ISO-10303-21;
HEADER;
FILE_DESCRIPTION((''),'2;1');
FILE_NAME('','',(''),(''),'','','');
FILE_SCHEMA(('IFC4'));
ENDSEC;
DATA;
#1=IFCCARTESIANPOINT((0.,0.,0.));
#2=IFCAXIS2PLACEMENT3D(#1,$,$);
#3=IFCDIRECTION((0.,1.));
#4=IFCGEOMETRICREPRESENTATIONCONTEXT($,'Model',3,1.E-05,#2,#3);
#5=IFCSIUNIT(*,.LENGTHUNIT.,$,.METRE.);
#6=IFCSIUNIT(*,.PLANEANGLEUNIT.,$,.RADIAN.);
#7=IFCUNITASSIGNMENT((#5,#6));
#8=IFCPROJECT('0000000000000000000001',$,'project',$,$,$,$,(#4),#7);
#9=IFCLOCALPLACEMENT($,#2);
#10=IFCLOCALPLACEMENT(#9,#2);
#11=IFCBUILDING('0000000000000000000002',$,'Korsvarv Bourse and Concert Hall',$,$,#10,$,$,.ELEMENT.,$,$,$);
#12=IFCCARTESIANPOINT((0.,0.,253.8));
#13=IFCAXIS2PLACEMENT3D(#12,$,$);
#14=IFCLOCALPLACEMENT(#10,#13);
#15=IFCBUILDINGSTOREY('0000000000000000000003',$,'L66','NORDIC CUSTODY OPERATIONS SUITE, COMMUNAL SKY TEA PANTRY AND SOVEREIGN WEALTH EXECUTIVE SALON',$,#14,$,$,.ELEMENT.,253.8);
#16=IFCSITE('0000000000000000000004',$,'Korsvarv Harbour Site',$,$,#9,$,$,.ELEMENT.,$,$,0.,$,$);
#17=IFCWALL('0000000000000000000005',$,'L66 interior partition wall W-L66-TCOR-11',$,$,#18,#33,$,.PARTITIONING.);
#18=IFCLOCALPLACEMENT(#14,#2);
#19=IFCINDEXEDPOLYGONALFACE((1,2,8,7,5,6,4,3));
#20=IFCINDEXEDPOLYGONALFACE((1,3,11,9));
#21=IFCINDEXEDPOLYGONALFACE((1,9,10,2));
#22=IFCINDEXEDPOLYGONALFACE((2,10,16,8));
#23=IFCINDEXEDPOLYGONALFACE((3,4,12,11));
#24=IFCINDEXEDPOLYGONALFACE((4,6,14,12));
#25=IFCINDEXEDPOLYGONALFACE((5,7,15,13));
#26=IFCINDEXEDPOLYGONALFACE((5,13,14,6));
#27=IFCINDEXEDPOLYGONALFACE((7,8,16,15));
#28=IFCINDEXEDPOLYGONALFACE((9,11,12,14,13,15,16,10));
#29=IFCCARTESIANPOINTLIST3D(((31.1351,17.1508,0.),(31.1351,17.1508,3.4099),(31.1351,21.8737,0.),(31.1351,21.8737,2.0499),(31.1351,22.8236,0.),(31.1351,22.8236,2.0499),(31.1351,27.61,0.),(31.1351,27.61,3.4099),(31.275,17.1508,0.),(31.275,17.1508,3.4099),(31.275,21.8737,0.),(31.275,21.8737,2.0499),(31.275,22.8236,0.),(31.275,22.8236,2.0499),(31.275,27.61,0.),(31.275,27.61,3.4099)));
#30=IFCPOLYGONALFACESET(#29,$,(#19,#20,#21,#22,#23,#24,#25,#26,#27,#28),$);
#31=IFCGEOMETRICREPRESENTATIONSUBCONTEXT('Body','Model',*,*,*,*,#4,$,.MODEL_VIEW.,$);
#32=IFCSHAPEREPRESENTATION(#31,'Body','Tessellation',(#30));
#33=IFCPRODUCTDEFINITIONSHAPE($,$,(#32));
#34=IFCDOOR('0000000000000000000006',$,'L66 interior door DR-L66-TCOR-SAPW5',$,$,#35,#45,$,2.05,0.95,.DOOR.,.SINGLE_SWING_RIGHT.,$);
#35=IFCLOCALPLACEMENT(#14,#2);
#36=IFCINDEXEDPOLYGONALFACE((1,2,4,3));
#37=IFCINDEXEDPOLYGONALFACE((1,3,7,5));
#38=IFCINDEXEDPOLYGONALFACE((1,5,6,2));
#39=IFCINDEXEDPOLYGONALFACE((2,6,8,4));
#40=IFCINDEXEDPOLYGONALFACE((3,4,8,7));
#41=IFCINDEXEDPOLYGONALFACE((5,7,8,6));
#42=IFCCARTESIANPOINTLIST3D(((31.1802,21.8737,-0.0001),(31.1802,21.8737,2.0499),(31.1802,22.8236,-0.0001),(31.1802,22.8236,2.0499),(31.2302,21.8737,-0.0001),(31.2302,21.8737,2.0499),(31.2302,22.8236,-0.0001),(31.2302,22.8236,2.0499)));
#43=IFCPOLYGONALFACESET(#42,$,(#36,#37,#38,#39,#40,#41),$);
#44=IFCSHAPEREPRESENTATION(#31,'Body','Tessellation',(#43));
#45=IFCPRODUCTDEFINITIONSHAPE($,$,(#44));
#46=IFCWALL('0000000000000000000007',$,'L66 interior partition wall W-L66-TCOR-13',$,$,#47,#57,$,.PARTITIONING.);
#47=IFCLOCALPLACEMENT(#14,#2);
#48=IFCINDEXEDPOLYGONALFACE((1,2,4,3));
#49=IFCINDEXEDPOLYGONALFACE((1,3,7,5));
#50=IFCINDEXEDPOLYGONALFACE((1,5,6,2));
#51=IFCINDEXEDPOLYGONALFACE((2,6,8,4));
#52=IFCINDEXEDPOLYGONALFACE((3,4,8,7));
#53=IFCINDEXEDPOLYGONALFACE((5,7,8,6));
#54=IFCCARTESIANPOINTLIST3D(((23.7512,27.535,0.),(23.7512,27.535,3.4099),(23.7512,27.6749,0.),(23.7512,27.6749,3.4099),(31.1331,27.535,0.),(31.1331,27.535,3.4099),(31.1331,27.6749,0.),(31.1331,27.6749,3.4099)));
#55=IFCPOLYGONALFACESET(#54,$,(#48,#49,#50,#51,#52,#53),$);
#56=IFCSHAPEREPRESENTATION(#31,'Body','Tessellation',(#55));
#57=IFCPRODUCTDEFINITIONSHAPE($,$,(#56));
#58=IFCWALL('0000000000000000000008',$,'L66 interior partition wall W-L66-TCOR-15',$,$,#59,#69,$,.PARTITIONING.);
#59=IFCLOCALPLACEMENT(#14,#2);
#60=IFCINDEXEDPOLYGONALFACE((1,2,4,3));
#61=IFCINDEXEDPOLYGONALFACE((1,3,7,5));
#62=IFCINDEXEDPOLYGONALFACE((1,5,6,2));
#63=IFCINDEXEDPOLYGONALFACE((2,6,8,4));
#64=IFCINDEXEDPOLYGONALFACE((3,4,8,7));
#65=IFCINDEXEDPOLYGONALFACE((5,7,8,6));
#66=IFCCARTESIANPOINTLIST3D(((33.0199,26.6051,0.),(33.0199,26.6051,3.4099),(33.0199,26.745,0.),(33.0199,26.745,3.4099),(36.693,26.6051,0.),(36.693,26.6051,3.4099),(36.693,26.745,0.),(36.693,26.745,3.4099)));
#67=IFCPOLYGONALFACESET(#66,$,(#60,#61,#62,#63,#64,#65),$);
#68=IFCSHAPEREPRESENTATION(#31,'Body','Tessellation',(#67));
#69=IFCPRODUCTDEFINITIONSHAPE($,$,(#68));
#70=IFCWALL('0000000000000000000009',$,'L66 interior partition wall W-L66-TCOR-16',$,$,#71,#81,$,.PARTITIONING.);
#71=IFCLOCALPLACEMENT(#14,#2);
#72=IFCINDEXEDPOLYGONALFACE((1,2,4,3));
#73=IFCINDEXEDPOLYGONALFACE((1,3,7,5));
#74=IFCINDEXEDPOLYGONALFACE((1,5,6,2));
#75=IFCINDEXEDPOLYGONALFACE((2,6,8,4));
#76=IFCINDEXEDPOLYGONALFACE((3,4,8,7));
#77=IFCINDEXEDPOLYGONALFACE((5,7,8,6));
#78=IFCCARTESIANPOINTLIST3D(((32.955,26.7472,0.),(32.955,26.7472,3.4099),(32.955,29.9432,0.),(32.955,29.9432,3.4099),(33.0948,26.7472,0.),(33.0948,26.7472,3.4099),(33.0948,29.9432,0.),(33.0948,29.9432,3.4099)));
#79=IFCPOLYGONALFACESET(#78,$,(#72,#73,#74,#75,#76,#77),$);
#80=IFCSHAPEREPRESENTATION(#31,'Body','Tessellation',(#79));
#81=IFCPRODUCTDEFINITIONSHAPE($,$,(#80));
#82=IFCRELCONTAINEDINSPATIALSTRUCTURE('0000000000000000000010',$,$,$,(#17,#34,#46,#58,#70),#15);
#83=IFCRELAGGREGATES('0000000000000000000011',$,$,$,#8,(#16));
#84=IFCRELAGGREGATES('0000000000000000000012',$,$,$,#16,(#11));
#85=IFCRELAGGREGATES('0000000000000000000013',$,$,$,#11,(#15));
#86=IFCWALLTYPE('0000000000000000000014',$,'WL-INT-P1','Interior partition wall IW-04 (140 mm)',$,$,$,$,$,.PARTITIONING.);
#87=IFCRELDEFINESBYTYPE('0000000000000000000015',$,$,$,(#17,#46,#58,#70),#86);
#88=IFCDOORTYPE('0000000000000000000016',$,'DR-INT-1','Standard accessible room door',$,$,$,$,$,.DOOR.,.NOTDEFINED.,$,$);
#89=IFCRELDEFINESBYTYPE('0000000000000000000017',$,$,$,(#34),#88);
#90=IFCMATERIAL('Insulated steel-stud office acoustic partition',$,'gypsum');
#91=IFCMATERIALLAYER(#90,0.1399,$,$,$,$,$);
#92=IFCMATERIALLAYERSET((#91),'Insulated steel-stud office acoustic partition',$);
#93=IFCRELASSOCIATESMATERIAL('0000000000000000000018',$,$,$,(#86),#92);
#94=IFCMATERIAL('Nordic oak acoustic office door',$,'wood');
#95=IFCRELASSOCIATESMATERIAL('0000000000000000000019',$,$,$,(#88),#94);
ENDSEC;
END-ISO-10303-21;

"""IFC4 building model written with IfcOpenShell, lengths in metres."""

from ifc_helpers import new_model, si_unit, direction, frame, frame_2d, origin, place, context, subcontext, project, spatial, rectangle, extrude, material, layer, layer_set, type_object, element, fill, save


model = new_model("IFC4")

# Units and contexts
model_context = context("Model", 3, precision=1e-05, world=origin(), true_north=direction((0.0, 1.0)))
body_context = subcontext(model_context, "Body", "Model", "MODEL_VIEW")
ifc_project = project(units=[si_unit("LENGTHUNIT", "METRE"), si_unit("PLANEANGLEUNIT", "RADIAN")], contexts=[model_context])

# Site, building, storey
site_placement = place(None, origin())
site = spatial("IfcSite", under=ifc_project, at=site_placement, Name="Korsvarv Harbour Site", CompositionType="ELEMENT", RefElevation=0.0)
building_placement = place(site_placement, origin())
building = spatial("IfcBuilding", under=site, at=building_placement, Name="Korsvarv Bourse and Concert Hall", CompositionType="ELEMENT")
storey_placement = place(building_placement, frame((0.0, 0.0, 253.8)))
storey = spatial("IfcBuildingStorey", under=building, at=storey_placement, Name="L66", Description="NORDIC CUSTODY OPERATIONS SUITE, COMMUNAL SKY TEA PANTRY AND SOVEREIGN WEALTH EXECUTIVE SALON", CompositionType="ELEMENT", Elevation=253.8)

# Wall, opening, door
ifc_material_1 = material(Name="Insulated steel-stud office acoustic partition", Category="gypsum")
ifc_layer_1 = layer(ifc_material_1, 0.1399)
ifc_layer_set_1 = layer_set([ifc_layer_1], Name="Insulated steel-stud office acoustic partition")
wall_type_1 = type_object("IfcWallType", Name="WL-INT-P1", Description="Interior partition wall IW-04 (140 mm)", PredefinedType="PARTITIONING", material=ifc_layer_set_1)
wall_1_placement = place(storey_placement, frame((31.2051, 17.1509, 0.0), z_axis=(0.0, 0.0, 1.0), x_axis=(0.0, 1.0, 0.0)))
wall_1 = element("IfcWall", 1, at=wall_1_placement, inside=storey, type_object=wall_type_1, Name="L66 interior partition wall W-L66-TCOR-11", PredefinedType="PARTITIONING", context=body_context, shape_type="SweptSolid", body=[
    extrude(rectangle(XDim=10.4592, YDim=0.1399, at=frame_2d((5.2295, 0.0))), origin(), (0.0, 0.0, 1.0), 3.4099),
])
opening_1_placement = place(wall_1_placement, frame((4.7227, 0.0, 0.0)))
opening_1 = element("IfcOpeningElement", 2, at=opening_1_placement, cuts=wall_1, PredefinedType="OPENING", context=body_context, shape_type="SweptSolid", body=[
    extrude(rectangle(XDim=0.95, YDim=2.05, at=frame_2d((0.4751, 1.0249))), frame((0.0, 0.0801, 0.0), z_axis=(0.0, -1.0, 0.0), x_axis=(1.0, 0.0, 0.0)), (0.0, 0.0, 1.0), 0.1599),
])
ifc_material_2 = material(Name="Nordic oak acoustic office door", Category="wood")
door_type_1 = type_object("IfcDoorType", Name="DR-INT-1", Description="Standard accessible room door", OperationType="NOTDEFINED", PredefinedType="DOOR", material=ifc_material_2)
door_1_placement = place(opening_1_placement, origin())
door_1 = element("IfcDoor", 3, at=door_1_placement, inside=storey, type_object=door_type_1, Name="L66 interior door DR-L66-TCOR-SAPW5", OperationType="SINGLE_SWING_RIGHT", OverallHeight=2.05, OverallWidth=0.95, PredefinedType="DOOR", context=body_context, shape_type="SweptSolid", body=[
    extrude(rectangle(XDim=0.95, YDim=2.05, at=frame_2d((0.4751, 1.0249))), frame((0.0, 0.0249, 0.0), z_axis=(0.0, -1.0, 0.0), x_axis=(1.0, 0.0, 0.0)), (0.0, 0.0, 1.0), 0.05),
])
fill(opening_1, door_1)

# Walls
wall_2_placement = place(storey_placement, frame((23.7512, 27.605, 0.0), z_axis=(0.0, 0.0, 1.0), x_axis=(1.0, 0.0, 0.0)))
element("IfcWall", 4, at=wall_2_placement, inside=storey, type_object=wall_type_1, Name="L66 interior partition wall W-L66-TCOR-13", PredefinedType="PARTITIONING", context=body_context, shape_type="SweptSolid", body=[
    extrude(rectangle(XDim=7.3818, YDim=0.1399, at=frame_2d((3.6909, 0.0))), origin(), (0.0, 0.0, 1.0), 3.4099),
])
wall_3_placement = place(storey_placement, frame((33.02, 26.675, 0.0), z_axis=(0.0, 0.0, 1.0), x_axis=(1.0, 0.0, 0.0)))
element("IfcWall", 5, at=wall_3_placement, inside=storey, type_object=wall_type_1, Name="L66 interior partition wall W-L66-TCOR-15", PredefinedType="PARTITIONING", context=body_context, shape_type="SweptSolid", body=[
    extrude(rectangle(XDim=3.6731, YDim=0.1399, at=frame_2d((1.8364, 0.0))), origin(), (0.0, 0.0, 1.0), 3.4099),
])
wall_4_placement = place(storey_placement, frame((33.0249, 26.7471, 0.0), z_axis=(0.0, 0.0, 1.0), x_axis=(0.0, 1.0, 0.0)))
element("IfcWall", 6, at=wall_4_placement, inside=storey, type_object=wall_type_1, Name="L66 interior partition wall W-L66-TCOR-16", PredefinedType="PARTITIONING", context=body_context, shape_type="SweptSolid", body=[
    extrude(rectangle(XDim=3.196, YDim=0.1399, at=frame_2d((1.5981, 0.0))), origin(), (0.0, 0.0, 1.0), 3.4099),
])

save(model, "model.ifc")
